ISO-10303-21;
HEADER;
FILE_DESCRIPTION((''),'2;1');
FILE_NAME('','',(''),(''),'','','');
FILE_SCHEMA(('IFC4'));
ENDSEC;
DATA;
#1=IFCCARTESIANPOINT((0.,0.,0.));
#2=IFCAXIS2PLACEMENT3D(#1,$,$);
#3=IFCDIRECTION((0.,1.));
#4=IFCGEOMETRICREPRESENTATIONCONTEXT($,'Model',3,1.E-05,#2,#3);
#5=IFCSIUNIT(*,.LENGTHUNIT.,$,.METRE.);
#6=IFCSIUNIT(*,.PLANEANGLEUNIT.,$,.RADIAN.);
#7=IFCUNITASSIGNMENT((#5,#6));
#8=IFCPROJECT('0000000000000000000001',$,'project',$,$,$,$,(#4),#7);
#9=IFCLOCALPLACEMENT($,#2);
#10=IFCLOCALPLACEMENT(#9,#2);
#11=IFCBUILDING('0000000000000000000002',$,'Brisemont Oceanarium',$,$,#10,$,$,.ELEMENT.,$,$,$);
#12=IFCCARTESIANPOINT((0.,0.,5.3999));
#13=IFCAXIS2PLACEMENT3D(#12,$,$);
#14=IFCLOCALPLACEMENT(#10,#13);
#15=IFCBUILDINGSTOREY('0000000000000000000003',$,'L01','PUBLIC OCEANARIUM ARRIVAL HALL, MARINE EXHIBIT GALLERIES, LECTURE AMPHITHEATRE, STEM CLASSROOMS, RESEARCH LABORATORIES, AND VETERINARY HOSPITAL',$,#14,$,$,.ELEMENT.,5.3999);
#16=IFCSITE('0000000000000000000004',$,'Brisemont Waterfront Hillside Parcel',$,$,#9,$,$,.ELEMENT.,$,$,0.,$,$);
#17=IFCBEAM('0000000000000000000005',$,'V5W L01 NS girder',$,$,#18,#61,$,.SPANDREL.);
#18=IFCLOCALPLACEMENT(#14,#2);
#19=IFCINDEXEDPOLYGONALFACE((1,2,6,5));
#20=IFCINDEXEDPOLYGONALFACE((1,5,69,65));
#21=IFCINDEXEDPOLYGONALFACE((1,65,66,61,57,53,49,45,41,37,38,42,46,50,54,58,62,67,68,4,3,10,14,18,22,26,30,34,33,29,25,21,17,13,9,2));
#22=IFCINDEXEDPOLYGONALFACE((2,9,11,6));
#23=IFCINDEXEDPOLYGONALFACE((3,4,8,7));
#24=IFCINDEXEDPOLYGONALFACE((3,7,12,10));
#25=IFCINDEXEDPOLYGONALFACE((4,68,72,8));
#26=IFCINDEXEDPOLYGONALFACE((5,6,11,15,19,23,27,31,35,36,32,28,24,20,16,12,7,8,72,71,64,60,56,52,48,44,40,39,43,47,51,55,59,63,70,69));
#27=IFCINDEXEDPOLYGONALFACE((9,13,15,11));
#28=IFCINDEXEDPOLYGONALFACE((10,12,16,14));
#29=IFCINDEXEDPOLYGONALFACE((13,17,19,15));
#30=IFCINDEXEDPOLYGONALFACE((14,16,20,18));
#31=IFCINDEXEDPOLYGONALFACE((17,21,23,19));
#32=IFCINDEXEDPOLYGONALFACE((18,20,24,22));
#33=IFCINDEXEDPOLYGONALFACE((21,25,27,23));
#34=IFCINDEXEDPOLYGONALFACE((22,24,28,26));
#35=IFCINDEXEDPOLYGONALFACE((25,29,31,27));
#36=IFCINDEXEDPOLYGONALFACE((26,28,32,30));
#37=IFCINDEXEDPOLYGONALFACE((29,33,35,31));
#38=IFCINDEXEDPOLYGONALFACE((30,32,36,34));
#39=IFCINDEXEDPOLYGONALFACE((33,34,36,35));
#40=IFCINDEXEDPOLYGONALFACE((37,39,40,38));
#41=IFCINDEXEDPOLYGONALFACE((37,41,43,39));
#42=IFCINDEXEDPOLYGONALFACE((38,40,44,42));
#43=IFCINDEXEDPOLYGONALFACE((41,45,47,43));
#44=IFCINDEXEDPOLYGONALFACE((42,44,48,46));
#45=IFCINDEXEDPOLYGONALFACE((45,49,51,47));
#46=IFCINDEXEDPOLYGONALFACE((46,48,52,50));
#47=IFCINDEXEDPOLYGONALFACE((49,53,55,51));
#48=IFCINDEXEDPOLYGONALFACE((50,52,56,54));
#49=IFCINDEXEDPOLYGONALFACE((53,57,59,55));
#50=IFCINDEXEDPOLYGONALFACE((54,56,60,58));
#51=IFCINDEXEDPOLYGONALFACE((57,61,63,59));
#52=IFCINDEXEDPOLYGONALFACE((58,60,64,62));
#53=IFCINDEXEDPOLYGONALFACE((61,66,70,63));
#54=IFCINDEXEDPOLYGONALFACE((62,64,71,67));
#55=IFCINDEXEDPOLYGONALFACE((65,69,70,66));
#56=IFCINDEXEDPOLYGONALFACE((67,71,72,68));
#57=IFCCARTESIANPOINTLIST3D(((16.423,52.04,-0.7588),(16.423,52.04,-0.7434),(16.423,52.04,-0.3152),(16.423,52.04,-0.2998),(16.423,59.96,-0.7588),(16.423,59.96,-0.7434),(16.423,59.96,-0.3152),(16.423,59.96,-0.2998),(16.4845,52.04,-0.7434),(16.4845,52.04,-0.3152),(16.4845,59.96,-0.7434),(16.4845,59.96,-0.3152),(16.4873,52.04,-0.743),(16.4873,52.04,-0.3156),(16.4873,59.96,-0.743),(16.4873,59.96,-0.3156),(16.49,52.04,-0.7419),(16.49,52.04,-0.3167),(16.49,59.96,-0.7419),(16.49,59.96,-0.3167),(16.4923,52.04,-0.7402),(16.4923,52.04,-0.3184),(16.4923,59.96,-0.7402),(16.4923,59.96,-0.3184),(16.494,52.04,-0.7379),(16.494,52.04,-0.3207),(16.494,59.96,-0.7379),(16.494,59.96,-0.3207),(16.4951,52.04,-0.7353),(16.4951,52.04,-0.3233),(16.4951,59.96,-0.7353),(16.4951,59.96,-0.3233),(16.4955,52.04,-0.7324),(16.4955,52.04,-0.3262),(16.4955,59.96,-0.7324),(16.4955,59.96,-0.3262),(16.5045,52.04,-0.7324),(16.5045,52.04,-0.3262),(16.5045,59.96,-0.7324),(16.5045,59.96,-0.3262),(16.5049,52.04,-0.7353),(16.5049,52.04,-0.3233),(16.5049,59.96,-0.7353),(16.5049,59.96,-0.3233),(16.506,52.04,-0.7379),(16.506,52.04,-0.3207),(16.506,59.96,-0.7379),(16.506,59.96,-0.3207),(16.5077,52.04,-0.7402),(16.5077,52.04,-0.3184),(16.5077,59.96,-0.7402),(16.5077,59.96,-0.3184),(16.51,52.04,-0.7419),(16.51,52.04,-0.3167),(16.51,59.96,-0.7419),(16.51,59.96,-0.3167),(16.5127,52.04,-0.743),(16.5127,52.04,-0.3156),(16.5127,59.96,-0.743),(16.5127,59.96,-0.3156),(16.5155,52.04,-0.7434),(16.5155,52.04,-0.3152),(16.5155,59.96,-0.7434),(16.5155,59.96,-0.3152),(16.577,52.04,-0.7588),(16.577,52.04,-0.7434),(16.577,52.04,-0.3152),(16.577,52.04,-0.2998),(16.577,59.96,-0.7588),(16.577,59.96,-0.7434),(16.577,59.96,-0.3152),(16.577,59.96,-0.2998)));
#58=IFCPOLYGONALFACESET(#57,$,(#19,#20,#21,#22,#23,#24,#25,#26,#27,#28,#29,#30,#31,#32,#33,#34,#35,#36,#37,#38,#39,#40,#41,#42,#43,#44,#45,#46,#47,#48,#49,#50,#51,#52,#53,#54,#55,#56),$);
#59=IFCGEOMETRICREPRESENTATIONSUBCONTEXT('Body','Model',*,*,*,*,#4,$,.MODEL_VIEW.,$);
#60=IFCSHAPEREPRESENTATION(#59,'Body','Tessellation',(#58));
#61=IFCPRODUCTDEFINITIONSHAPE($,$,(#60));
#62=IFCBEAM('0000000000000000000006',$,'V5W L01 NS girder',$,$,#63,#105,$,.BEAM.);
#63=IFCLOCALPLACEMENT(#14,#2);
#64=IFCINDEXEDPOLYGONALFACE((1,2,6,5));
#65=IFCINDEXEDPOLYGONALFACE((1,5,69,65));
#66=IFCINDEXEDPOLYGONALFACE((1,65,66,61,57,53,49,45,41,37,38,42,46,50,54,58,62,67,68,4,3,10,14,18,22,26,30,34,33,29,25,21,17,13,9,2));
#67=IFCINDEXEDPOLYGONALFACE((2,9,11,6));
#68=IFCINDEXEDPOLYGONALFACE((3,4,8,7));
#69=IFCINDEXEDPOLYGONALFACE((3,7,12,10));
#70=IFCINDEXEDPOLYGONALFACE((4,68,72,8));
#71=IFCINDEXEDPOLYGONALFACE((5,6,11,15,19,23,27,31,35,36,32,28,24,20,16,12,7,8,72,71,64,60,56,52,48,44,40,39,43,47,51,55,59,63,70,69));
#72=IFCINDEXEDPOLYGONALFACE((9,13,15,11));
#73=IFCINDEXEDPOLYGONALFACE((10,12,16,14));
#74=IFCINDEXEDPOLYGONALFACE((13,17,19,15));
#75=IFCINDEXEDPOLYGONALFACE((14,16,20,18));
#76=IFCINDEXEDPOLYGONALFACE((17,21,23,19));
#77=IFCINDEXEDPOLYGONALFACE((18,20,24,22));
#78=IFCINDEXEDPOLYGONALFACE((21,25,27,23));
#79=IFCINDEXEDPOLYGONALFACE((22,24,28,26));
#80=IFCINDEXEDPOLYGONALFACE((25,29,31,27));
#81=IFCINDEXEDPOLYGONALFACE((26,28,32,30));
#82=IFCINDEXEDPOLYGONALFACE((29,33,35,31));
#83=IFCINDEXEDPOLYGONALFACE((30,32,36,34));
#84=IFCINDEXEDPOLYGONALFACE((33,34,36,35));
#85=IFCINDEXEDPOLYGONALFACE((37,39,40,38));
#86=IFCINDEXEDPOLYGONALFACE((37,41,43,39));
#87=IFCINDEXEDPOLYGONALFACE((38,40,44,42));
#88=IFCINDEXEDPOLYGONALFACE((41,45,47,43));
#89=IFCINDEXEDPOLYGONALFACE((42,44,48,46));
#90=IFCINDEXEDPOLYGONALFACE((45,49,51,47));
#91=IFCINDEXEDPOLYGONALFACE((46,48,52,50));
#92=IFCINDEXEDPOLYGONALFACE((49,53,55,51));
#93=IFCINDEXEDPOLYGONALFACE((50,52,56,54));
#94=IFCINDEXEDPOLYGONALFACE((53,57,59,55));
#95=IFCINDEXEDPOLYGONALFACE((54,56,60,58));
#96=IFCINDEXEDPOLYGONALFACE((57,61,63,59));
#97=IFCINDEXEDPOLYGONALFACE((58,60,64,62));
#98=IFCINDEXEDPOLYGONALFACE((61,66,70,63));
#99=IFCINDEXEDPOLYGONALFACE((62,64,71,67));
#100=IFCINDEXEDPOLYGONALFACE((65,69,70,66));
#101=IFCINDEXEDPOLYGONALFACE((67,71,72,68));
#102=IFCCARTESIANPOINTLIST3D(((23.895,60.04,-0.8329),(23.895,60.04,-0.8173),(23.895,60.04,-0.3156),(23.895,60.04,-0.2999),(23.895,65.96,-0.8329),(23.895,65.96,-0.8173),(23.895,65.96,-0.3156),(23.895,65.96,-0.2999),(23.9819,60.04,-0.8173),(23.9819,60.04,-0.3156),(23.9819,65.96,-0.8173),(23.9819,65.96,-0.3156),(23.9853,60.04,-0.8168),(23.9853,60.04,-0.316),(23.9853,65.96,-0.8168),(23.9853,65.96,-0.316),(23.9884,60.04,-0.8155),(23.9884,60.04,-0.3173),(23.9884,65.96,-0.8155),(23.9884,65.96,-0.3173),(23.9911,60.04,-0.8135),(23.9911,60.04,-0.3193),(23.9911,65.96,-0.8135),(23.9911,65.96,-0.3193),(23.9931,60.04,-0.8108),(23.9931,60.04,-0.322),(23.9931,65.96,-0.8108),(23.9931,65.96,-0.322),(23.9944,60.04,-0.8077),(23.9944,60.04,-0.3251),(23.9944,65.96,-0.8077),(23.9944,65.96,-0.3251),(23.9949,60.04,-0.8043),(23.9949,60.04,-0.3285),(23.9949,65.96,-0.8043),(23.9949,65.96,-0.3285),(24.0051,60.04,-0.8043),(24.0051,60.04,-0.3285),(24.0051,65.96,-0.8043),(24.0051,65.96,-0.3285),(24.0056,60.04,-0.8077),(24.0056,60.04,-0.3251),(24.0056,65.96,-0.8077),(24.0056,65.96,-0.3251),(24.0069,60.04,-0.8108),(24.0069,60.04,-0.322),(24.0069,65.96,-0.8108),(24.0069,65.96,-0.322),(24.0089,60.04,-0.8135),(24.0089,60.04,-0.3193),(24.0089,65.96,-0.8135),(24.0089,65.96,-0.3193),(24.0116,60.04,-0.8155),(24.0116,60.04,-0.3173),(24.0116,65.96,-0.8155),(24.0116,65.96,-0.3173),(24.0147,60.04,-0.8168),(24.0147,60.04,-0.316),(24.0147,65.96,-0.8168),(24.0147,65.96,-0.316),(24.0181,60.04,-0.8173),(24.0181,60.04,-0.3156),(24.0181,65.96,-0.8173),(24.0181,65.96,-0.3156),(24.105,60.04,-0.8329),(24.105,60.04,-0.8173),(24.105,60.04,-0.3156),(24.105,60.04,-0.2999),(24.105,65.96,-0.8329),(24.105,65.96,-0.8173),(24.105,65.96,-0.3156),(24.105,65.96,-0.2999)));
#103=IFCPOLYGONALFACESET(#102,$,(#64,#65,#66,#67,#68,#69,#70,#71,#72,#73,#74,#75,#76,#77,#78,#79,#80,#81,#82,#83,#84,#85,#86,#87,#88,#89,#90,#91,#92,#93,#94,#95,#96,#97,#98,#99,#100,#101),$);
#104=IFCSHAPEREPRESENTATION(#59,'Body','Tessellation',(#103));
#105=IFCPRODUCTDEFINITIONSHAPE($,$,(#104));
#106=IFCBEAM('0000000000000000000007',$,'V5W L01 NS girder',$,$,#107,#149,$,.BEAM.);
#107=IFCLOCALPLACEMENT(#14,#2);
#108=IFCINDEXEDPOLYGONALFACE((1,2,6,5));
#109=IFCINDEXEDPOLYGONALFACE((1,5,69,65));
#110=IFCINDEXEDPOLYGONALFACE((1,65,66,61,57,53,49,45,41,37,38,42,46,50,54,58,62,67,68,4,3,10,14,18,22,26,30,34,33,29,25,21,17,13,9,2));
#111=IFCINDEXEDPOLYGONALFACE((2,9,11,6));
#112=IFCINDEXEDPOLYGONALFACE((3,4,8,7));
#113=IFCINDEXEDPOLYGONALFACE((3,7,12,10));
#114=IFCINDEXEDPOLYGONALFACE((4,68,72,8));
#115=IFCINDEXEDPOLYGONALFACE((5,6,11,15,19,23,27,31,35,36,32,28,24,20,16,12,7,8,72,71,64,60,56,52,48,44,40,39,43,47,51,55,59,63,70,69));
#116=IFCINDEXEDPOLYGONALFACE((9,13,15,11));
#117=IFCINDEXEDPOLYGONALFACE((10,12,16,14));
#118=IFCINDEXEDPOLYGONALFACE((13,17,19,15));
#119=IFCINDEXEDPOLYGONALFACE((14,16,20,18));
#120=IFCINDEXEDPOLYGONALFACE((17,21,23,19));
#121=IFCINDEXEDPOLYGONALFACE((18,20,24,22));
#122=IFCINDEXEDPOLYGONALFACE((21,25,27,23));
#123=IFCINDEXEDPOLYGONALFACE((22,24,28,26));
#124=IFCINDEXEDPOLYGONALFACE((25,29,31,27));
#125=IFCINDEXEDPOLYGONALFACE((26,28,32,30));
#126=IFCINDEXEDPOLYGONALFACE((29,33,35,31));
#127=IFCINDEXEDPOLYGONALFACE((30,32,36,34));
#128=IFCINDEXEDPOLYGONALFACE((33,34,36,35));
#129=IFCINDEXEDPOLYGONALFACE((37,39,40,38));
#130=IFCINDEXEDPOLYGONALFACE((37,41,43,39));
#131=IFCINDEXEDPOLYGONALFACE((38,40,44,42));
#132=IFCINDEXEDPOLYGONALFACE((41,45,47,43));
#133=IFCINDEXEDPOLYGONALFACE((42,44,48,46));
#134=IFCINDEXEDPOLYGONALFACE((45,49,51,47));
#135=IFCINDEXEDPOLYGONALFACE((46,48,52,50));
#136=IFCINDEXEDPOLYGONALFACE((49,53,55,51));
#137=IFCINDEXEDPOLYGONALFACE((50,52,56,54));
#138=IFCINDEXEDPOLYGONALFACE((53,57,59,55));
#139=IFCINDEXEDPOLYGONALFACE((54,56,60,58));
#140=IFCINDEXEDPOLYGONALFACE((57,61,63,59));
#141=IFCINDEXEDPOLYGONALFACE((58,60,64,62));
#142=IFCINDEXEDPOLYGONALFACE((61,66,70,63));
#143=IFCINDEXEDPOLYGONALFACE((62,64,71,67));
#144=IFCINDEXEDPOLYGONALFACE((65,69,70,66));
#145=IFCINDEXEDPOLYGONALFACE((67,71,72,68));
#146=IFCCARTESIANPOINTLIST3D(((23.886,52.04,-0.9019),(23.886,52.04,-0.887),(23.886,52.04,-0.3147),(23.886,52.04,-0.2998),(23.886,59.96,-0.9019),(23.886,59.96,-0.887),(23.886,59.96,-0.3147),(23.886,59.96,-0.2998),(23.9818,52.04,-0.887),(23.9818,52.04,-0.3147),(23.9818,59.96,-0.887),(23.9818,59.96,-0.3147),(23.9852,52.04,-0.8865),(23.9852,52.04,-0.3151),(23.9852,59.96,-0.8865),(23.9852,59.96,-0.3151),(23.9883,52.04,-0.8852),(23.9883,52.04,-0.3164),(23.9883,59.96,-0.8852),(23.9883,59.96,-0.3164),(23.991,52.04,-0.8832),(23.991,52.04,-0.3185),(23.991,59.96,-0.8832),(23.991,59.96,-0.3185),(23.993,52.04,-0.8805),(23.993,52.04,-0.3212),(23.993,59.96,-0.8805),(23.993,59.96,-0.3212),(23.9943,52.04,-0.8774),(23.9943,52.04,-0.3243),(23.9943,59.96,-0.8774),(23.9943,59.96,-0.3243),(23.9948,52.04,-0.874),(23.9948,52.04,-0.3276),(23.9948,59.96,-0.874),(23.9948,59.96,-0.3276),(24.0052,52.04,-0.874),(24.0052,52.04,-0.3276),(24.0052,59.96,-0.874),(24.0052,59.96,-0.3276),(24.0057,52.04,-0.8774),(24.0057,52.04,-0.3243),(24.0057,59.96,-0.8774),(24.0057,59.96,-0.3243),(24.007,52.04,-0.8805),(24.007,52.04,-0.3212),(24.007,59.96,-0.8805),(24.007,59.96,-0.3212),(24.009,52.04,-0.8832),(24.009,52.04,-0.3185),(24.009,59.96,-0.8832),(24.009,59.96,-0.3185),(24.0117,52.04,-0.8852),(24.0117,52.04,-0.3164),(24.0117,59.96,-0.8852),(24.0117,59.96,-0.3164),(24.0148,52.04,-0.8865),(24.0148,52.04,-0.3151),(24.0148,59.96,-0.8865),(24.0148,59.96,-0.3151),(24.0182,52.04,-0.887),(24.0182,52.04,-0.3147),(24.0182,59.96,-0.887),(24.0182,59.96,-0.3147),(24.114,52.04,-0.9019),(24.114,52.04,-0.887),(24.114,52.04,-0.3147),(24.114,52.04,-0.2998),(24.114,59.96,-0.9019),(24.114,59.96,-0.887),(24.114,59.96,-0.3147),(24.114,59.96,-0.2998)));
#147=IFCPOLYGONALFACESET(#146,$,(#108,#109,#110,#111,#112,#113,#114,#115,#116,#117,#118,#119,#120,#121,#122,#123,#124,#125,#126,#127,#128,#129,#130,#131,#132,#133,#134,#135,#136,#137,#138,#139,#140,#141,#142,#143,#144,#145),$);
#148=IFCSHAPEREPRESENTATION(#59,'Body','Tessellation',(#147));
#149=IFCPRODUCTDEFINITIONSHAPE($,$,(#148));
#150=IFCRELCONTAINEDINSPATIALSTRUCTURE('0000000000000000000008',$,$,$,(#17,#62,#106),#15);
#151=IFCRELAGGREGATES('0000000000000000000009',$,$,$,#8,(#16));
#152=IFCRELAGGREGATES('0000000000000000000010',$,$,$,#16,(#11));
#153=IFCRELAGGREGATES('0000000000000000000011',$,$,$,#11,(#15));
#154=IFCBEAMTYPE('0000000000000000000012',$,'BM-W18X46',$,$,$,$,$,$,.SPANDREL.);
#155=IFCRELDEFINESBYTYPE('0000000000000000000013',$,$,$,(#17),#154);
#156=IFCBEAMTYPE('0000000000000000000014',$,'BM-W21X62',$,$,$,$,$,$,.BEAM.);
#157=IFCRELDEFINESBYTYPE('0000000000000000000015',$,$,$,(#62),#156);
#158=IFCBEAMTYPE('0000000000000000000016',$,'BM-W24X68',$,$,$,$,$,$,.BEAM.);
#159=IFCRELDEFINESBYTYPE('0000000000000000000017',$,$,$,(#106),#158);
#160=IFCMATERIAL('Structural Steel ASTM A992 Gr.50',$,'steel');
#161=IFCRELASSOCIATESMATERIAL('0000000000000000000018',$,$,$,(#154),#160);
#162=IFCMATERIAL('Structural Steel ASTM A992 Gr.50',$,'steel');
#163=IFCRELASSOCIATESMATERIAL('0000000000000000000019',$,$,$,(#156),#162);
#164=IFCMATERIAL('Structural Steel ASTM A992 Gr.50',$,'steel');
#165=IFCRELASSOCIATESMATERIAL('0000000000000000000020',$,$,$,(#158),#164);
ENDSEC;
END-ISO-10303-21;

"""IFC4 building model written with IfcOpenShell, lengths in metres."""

from ifc_helpers import new_model, si_unit, direction, frame, origin, origin_2d, place, context, subcontext, project, spatial, i_section, extrude, material, material_profile, profile_set, type_object, element, save


model = new_model("IFC4")

# Units and contexts
model_context = context("Model", 3, precision=1e-05, world=origin(), true_north=direction((0.0, 1.0)))
body_context = subcontext(model_context, "Body", "Model", "MODEL_VIEW")
ifc_project = project(units=[si_unit("LENGTHUNIT", "METRE"), si_unit("PLANEANGLEUNIT", "RADIAN")], contexts=[model_context])

# Site, building, storey
site_placement = place(None, origin())
site = spatial("IfcSite", under=ifc_project, at=site_placement, Name="Brisemont Waterfront Hillside Parcel", CompositionType="ELEMENT", RefElevation=0.0)
building_placement = place(site_placement, origin())
building = spatial("IfcBuilding", under=site, at=building_placement, Name="Brisemont Oceanarium", CompositionType="ELEMENT")
storey_placement = place(building_placement, frame((0.0, 0.0, 5.3999)))
storey = spatial("IfcBuildingStorey", under=building, at=storey_placement, Name="L01", Description="PUBLIC OCEANARIUM ARRIVAL HALL, MARINE EXHIBIT GALLERIES, LECTURE AMPHITHEATRE, STEM CLASSROOMS, RESEARCH LABORATORIES, AND VETERINARY HOSPITAL", CompositionType="ELEMENT", Elevation=5.3999)

# Beams
ifc_material_1 = material(Name="Structural Steel ASTM A992 Gr.50", Category="steel")
ifc_material_profile_1 = material_profile(ifc_material_1, i_section(OverallWidth=0.1541, OverallDepth=0.459, WebThickness=0.009, FlangeThickness=0.0154, FilletRadius=0.011, at=origin_2d()), Name="W18X46")
ifc_profile_set_1 = profile_set([ifc_material_profile_1], Name="Structural Steel ASTM A992 Gr.50")
beam_type_1 = type_object("IfcBeamType", Name="BM-W18X46", PredefinedType="SPANDREL", material=ifc_profile_set_1)
beam_1_placement = place(storey_placement, frame((16.5, 52.04, -0.5293), z_axis=(0.0, 1.0, 0.0), x_axis=(-1.0, 0.0, 0.0)))
element("IfcBeam", 1, at=beam_1_placement, inside=storey, type_object=beam_type_1, Name="V5W L01 NS girder", PredefinedType="SPANDREL", context=body_context, shape_type="SweptSolid", body=[
    extrude(i_section(OverallWidth=0.1541, OverallDepth=0.459, WebThickness=0.009, FlangeThickness=0.0154, FilletRadius=0.011, at=origin_2d()), origin(), (0.0, 0.0, 1.0), 7.9199),
])
ifc_material_2 = material(Name="Structural Steel ASTM A992 Gr.50", Category="steel")
ifc_material_profile_2 = material_profile(ifc_material_2, i_section(OverallWidth=0.21, OverallDepth=0.533, WebThickness=0.0103, FlangeThickness=0.0156, FilletRadius=0.0129, at=origin_2d()), Name="W21X62")
ifc_profile_set_2 = profile_set([ifc_material_profile_2], Name="Structural Steel ASTM A992 Gr.50")
beam_type_2 = type_object("IfcBeamType", Name="BM-W21X62", PredefinedType="BEAM", material=ifc_profile_set_2)
beam_2_placement = place(storey_placement, frame((24.0, 60.04, -0.5664), z_axis=(0.0, 1.0, 0.0), x_axis=(-1.0, 0.0, 0.0)))
element("IfcBeam", 2, at=beam_2_placement, inside=storey, type_object=beam_type_2, Name="V5W L01 NS girder", PredefinedType="BEAM", context=body_context, shape_type="SweptSolid", body=[
    extrude(i_section(OverallWidth=0.21, OverallDepth=0.533, WebThickness=0.0103, FlangeThickness=0.0156, FilletRadius=0.0129, at=origin_2d()), origin(), (0.0, 0.0, 1.0), 5.9199),
])
ifc_material_3 = material(Name="Structural Steel ASTM A992 Gr.50", Category="steel")
ifc_material_profile_3 = material_profile(ifc_material_3, i_section(OverallWidth=0.228, OverallDepth=0.6021, WebThickness=0.0105, FlangeThickness=0.0149, FilletRadius=0.0129, at=origin_2d()), Name="W24X68")
ifc_profile_set_3 = profile_set([ifc_material_profile_3], Name="Structural Steel ASTM A992 Gr.50")
beam_type_3 = type_object("IfcBeamType", Name="BM-W24X68", PredefinedType="BEAM", material=ifc_profile_set_3)
beam_3_placement = place(storey_placement, frame((24.0, 52.04, -0.6008), z_axis=(0.0, 1.0, 0.0), x_axis=(-1.0, 0.0, 0.0)))
element("IfcBeam", 3, at=beam_3_placement, inside=storey, type_object=beam_type_3, Name="V5W L01 NS girder", PredefinedType="BEAM", context=body_context, shape_type="SweptSolid", body=[
    extrude(i_section(OverallWidth=0.228, OverallDepth=0.6021, WebThickness=0.0105, FlangeThickness=0.0149, FilletRadius=0.0129, at=origin_2d()), origin(), (0.0, 0.0, 1.0), 7.9199),
])

save(model, "model.ifc")
